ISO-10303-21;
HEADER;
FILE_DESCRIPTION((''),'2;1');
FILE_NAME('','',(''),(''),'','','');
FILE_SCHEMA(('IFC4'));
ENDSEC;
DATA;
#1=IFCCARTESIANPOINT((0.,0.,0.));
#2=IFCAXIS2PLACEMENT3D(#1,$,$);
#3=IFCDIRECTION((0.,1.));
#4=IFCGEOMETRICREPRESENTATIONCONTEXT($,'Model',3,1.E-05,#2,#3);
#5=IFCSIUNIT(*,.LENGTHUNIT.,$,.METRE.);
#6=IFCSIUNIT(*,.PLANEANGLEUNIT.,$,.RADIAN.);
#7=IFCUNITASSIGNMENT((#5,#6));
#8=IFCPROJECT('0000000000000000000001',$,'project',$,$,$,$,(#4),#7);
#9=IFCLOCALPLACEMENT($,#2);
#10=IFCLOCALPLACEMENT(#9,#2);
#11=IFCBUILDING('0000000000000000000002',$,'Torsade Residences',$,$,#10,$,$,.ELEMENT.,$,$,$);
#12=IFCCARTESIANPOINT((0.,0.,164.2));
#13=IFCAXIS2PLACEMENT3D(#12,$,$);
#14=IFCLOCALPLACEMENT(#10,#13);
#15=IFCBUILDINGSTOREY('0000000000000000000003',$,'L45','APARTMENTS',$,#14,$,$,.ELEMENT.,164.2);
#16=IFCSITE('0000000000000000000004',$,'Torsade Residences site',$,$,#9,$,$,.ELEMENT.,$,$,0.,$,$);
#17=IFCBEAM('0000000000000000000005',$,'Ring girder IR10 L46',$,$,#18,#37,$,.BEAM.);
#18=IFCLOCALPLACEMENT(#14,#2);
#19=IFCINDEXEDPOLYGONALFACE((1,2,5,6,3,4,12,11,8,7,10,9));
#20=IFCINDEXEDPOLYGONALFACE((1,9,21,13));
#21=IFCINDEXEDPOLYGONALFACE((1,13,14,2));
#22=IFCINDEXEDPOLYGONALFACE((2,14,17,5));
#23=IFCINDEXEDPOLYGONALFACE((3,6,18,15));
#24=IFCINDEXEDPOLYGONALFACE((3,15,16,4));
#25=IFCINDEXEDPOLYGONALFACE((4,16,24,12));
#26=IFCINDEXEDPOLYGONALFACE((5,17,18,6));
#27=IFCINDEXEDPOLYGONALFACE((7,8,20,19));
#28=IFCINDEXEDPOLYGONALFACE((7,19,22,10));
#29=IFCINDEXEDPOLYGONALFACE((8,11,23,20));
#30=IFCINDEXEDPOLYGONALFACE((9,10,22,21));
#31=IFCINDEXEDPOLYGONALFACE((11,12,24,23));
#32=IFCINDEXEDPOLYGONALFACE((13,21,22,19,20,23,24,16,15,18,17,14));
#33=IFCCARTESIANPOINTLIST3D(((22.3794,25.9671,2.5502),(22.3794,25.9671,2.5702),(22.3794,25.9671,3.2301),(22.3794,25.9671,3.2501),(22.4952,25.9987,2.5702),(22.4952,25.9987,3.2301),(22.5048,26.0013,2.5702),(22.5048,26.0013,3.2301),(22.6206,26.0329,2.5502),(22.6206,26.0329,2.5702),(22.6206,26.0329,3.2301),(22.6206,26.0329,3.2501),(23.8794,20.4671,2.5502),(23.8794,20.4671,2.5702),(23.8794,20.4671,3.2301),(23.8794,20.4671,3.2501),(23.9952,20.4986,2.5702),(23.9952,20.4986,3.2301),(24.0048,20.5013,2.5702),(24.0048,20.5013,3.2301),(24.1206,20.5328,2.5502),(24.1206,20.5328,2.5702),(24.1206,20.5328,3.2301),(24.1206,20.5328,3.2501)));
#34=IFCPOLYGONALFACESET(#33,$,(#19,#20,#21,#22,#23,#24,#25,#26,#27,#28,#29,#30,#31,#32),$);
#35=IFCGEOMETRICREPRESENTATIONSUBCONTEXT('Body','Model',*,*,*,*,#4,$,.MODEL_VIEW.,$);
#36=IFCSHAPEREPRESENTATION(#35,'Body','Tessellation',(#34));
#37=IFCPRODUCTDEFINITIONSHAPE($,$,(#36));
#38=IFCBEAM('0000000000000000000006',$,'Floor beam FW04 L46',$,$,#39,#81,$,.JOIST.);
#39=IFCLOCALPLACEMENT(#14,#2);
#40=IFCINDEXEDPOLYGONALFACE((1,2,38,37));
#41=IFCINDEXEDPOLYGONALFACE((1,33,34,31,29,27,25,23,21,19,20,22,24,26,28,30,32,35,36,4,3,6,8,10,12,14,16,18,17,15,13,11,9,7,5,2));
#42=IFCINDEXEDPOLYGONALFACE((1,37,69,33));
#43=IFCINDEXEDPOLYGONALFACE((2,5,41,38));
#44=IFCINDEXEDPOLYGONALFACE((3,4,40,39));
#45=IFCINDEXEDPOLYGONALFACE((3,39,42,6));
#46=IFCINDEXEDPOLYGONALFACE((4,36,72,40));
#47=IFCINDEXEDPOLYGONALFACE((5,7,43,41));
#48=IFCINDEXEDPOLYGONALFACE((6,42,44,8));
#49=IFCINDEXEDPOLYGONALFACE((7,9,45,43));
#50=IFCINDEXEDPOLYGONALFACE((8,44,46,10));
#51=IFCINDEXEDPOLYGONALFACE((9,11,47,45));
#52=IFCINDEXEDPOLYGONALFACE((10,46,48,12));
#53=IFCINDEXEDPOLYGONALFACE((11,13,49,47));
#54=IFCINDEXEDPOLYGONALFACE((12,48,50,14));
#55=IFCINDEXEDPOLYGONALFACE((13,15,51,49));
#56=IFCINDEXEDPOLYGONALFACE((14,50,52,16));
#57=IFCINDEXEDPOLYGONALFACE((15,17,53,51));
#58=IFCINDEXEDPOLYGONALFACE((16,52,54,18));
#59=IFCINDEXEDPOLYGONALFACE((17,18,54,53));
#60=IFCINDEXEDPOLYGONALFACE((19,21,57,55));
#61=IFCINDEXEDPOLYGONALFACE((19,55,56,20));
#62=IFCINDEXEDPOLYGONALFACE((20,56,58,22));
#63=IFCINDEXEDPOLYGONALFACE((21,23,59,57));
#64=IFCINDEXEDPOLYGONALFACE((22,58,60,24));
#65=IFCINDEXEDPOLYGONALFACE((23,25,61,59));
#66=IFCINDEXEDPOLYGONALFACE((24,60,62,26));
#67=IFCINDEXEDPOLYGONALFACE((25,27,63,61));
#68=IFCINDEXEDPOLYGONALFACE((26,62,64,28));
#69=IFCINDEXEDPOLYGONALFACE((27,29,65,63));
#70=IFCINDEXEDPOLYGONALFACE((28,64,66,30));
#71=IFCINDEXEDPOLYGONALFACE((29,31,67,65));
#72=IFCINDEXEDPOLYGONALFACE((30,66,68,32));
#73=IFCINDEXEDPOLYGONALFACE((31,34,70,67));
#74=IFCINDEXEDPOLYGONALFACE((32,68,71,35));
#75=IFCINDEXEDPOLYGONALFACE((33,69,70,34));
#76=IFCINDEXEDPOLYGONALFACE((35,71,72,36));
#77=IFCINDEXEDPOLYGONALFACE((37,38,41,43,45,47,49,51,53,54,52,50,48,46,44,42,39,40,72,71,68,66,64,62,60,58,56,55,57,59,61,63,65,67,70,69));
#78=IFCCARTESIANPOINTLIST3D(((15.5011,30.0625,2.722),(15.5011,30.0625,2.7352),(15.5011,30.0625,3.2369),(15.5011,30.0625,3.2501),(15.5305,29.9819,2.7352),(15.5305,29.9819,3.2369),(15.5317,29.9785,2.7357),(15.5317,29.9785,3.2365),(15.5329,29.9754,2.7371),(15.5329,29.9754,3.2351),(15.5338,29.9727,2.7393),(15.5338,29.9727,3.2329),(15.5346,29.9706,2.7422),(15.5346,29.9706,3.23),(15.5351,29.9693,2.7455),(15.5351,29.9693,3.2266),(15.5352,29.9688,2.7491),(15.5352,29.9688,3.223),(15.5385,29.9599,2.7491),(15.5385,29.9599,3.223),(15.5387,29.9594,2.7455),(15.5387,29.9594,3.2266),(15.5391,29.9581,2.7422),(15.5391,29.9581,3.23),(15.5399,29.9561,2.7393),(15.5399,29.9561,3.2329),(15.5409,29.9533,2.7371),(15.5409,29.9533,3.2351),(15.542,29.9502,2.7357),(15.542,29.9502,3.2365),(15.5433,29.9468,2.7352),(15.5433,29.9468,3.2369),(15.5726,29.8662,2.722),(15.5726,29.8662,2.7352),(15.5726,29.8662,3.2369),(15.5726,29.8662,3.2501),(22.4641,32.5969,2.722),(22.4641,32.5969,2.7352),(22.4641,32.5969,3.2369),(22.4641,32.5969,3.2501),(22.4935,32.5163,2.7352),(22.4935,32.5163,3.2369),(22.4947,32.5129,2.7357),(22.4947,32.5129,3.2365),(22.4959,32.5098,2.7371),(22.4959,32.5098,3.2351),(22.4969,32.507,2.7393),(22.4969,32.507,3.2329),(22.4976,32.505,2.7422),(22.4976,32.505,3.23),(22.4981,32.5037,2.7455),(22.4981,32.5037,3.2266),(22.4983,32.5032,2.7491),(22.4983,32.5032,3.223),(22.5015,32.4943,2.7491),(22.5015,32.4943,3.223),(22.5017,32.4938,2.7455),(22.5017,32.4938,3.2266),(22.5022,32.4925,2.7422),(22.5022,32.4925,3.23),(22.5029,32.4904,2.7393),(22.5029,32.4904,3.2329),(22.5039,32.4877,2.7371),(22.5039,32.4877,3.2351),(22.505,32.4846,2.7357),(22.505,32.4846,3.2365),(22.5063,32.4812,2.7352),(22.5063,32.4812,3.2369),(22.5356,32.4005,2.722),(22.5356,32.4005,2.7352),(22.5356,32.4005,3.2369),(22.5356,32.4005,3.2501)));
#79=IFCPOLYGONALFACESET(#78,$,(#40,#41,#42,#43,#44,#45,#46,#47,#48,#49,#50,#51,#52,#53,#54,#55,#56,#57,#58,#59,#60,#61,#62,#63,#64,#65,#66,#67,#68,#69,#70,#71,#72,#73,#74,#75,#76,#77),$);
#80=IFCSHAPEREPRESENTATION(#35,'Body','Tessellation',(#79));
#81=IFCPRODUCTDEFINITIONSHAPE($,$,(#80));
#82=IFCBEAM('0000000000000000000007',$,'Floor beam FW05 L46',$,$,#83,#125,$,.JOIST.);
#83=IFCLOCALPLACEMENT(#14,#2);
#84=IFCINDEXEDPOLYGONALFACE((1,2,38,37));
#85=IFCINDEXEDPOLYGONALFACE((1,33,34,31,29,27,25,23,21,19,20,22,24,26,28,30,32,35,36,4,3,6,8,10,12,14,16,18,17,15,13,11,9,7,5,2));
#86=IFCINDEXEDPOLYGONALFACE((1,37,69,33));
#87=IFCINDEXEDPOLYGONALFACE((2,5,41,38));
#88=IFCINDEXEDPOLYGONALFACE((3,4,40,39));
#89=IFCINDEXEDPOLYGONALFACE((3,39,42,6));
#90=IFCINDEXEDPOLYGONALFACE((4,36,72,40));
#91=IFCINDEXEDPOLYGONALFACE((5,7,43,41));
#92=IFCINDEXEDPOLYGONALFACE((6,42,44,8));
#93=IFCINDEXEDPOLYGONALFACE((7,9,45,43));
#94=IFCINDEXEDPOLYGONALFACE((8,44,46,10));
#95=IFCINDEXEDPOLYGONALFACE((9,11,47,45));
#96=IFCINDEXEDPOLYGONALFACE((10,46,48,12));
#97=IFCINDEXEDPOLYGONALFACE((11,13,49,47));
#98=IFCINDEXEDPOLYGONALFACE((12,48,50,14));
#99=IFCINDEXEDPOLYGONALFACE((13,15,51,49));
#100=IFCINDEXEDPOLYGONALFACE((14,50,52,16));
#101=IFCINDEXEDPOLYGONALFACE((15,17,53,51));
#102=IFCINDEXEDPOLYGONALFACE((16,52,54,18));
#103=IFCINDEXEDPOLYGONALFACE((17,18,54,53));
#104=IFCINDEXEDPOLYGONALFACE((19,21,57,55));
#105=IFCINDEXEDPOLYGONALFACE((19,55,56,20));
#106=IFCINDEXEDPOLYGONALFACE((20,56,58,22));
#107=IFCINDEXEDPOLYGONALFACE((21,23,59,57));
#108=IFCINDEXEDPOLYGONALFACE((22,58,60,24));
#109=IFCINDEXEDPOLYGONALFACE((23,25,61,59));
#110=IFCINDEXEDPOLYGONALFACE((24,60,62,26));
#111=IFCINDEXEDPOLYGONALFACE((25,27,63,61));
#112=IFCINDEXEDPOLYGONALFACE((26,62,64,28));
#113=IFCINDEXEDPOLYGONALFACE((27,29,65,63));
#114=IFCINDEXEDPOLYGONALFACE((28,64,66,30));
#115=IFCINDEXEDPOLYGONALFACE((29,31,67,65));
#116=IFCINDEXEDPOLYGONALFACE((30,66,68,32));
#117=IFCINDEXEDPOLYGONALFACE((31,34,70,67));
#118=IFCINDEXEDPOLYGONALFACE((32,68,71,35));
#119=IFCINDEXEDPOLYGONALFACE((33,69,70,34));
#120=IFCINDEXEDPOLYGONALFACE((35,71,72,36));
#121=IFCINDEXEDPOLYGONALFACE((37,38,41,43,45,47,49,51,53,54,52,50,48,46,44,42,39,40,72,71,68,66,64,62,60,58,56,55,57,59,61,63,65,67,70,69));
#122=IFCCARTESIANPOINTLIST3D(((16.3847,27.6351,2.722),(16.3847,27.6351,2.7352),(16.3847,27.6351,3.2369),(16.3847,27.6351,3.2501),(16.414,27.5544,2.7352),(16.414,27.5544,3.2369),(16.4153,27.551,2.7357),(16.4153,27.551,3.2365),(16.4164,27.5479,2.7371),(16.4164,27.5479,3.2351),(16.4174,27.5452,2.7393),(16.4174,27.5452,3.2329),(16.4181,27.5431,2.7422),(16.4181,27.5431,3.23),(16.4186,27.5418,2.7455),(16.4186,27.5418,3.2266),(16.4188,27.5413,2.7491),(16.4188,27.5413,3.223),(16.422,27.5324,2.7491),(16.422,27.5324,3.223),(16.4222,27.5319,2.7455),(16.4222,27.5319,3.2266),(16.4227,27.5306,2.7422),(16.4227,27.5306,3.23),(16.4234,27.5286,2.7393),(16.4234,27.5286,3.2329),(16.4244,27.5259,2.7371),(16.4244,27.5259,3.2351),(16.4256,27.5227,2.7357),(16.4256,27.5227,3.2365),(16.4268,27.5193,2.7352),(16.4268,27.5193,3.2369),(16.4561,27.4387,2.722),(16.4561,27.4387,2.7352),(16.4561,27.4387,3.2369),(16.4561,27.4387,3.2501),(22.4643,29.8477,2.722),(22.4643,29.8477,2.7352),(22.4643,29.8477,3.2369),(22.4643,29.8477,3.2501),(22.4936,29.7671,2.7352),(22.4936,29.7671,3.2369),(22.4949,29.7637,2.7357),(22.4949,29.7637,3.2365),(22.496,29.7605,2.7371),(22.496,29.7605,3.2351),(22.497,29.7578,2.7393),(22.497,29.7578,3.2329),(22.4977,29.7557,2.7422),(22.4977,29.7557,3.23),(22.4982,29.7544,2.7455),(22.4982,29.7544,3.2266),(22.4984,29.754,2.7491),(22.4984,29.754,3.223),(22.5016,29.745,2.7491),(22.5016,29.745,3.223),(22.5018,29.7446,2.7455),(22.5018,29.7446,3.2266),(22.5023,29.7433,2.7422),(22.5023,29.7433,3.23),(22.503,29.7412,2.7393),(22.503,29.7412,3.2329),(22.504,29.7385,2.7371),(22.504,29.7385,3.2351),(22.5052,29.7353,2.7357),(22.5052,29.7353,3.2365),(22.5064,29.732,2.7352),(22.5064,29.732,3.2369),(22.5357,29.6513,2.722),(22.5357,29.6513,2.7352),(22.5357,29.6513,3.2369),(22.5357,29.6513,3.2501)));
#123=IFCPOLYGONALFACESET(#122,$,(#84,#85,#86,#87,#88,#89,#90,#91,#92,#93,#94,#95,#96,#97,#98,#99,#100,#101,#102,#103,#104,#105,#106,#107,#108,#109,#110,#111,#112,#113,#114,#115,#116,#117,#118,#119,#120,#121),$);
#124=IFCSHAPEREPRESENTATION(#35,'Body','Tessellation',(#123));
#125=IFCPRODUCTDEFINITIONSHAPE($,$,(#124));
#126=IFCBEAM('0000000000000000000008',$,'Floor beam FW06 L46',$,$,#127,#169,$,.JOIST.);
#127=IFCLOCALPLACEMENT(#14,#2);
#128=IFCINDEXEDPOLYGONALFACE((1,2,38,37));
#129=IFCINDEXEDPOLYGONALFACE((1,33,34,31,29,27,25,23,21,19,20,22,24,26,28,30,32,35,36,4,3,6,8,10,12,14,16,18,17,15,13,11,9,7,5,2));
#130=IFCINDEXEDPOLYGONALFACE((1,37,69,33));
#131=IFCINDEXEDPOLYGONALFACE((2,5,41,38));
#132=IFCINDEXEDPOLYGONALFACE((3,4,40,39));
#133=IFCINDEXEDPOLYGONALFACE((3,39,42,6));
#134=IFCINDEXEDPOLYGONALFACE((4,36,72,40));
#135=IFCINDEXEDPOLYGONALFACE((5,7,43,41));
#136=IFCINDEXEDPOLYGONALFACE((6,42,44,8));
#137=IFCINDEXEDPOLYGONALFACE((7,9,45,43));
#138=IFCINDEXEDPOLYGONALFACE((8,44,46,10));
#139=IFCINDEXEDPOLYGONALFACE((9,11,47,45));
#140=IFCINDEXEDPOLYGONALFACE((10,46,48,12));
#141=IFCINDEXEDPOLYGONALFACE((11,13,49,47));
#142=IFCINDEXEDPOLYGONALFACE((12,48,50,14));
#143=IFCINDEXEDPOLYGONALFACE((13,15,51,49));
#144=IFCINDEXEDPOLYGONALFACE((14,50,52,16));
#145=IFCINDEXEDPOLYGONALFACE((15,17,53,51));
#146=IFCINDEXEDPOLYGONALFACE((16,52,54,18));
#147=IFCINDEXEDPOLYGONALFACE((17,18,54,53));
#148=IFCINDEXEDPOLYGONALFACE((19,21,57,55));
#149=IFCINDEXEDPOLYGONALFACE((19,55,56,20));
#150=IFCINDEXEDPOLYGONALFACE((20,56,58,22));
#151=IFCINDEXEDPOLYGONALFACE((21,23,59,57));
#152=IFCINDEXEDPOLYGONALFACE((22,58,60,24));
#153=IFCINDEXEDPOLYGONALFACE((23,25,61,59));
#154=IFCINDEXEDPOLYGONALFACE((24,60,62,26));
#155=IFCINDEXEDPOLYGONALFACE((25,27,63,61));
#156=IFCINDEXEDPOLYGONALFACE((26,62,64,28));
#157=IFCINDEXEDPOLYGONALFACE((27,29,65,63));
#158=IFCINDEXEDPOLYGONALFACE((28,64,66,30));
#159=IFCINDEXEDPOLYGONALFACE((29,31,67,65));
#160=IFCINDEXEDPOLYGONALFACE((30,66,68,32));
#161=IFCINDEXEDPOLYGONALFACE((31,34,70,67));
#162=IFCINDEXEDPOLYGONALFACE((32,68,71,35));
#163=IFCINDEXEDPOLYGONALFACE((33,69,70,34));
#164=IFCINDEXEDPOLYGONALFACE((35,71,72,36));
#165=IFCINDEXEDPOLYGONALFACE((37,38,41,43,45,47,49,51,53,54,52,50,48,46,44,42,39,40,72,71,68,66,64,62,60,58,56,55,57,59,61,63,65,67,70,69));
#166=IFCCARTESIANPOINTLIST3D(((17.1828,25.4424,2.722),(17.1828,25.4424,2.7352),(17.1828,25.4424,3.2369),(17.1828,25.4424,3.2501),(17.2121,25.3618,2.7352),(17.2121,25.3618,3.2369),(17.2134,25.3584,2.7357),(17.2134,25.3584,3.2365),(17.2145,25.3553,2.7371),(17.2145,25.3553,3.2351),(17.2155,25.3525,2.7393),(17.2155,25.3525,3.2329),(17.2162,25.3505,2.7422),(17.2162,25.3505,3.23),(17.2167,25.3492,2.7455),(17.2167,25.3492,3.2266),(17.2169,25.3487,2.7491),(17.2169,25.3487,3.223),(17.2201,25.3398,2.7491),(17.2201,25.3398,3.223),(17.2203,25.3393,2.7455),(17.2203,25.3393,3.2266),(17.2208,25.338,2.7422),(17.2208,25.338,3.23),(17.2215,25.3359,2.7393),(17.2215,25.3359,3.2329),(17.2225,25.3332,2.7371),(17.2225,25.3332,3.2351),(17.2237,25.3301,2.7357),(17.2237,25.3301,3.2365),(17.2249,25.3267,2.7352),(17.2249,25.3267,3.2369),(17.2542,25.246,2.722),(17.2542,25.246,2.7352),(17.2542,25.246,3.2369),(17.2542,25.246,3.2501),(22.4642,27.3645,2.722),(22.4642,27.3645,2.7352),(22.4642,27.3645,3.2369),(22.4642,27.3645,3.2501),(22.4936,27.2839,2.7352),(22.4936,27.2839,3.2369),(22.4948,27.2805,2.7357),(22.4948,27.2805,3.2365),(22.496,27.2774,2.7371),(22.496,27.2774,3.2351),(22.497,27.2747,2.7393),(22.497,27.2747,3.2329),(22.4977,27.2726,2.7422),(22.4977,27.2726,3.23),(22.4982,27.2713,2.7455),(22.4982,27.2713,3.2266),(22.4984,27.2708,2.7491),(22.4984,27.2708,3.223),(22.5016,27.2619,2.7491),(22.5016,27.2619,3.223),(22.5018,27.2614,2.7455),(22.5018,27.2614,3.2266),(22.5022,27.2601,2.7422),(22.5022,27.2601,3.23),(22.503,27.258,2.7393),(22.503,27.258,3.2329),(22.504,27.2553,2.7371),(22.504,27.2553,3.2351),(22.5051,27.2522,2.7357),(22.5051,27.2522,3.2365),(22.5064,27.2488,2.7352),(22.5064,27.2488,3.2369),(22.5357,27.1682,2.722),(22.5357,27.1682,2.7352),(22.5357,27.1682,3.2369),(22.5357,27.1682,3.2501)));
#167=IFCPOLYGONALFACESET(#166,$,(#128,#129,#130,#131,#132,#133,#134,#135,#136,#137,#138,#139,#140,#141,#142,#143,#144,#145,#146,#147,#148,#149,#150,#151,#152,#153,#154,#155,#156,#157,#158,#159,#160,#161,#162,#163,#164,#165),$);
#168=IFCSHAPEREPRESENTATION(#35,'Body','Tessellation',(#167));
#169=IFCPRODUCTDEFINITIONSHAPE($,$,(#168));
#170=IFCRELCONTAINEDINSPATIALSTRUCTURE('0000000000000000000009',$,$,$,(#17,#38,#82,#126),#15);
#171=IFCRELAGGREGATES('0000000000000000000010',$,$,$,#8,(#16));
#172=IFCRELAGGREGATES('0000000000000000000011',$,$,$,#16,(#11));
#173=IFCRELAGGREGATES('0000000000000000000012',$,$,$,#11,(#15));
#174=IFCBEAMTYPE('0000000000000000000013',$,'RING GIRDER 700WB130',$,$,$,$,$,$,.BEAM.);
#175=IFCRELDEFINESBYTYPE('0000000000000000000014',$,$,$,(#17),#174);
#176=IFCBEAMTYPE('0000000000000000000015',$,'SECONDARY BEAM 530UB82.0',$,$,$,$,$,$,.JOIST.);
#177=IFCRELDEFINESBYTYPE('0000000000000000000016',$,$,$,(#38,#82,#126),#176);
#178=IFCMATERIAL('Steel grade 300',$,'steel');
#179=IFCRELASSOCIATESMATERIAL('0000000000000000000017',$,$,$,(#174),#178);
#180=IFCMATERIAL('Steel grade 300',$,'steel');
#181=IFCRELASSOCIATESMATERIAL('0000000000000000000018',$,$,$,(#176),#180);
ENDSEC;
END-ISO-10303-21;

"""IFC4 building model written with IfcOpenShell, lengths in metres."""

from ifc_helpers import new_model, si_unit, direction, frame, origin, origin_2d, place, context, subcontext, project, spatial, i_section, extrude, material, material_profile, profile_set, type_object, element, save


model = new_model("IFC4")

# Units and contexts
model_context = context("Model", 3, precision=1e-05, world=origin(), true_north=direction((0.0, 1.0)))
body_context = subcontext(model_context, "Body", "Model", "MODEL_VIEW")
ifc_project = project(units=[si_unit("LENGTHUNIT", "METRE"), si_unit("PLANEANGLEUNIT", "RADIAN")], contexts=[model_context])

# Site, building, storey
site_placement = place(None, origin())
site = spatial("IfcSite", under=ifc_project, at=site_placement, Name="Torsade Residences site", CompositionType="ELEMENT", RefElevation=0.0)
building_placement = place(site_placement, origin())
building = spatial("IfcBuilding", under=site, at=building_placement, Name="Torsade Residences", CompositionType="ELEMENT")
storey_placement = place(building_placement, frame((0.0, 0.0, 164.2)))
storey = spatial("IfcBuildingStorey", under=building, at=storey_placement, Name="L45", Description="APARTMENTS", CompositionType="ELEMENT", Elevation=164.2)

# Beams
ifc_material_1 = material(Name="Steel grade 300", Category="steel")
ifc_material_profile_1 = material_profile(ifc_material_1, i_section(OverallWidth=0.25, OverallDepth=0.7, WebThickness=0.01, FlangeThickness=0.02, at=origin_2d()), Name="700WB130")
ifc_profile_set_1 = profile_set([ifc_material_profile_1], Name="Steel grade 300")
beam_type_1 = type_object("IfcBeamType", Name="RING GIRDER 700WB130", PredefinedType="BEAM", material=ifc_profile_set_1)
beam_1_placement = place(storey_placement, frame((22.5, 26.0, 2.9001), z_axis=(0.263117, -0.964764, 0.0), x_axis=(0.964764, 0.263117, 0.0)))
element("IfcBeam", 1, at=beam_1_placement, inside=storey, type_object=beam_type_1, Name="Ring girder IR10 L46", PredefinedType="BEAM", context=body_context, shape_type="SweptSolid", body=[
    extrude(i_section(OverallWidth=0.25, OverallDepth=0.7, WebThickness=0.01, FlangeThickness=0.02, at=origin_2d()), origin(), (0.0, 0.0, 1.0), 5.7009),
])
ifc_material_2 = material(Name="Steel grade 300", Category="steel")
ifc_material_profile_2 = material_profile(ifc_material_2, i_section(OverallWidth=0.209, OverallDepth=0.5281, WebThickness=0.0095, FlangeThickness=0.0132, FilletRadius=0.0139, at=origin_2d()), Name="530UB82.0")
ifc_profile_set_2 = profile_set([ifc_material_profile_2], Name="Steel grade 300")
beam_type_2 = type_object("IfcBeamType", Name="SECONDARY BEAM 530UB82.0", PredefinedType="JOIST", material=ifc_profile_set_2)
beam_2_placement = place(storey_placement, frame((15.5369, 29.9644, 2.9861), z_axis=(0.93969, 0.342026, 0.0), x_axis=(-0.342026, 0.93969, 0.0)))
element("IfcBeam", 2, at=beam_2_placement, inside=storey, type_object=beam_type_2, Name="Floor beam FW04 L46", PredefinedType="JOIST", context=body_context, shape_type="SweptSolid", body=[
    extrude(i_section(OverallWidth=0.209, OverallDepth=0.5281, WebThickness=0.0095, FlangeThickness=0.0132, FilletRadius=0.0139, at=origin_2d()), origin(), (0.0, 0.0, 1.0), 7.4099),
])
beam_3_placement = place(storey_placement, frame((16.4204, 27.5369, 2.9861), z_axis=(0.9397, 0.342001, 0.0), x_axis=(-0.342001, 0.9397, 0.0)))
element("IfcBeam", 3, at=beam_3_placement, inside=storey, type_object=beam_type_2, Name="Floor beam FW05 L46", PredefinedType="JOIST", context=body_context, shape_type="SweptSolid", body=[
    extrude(i_section(OverallWidth=0.209, OverallDepth=0.5281, WebThickness=0.0095, FlangeThickness=0.0132, FilletRadius=0.0139, at=origin_2d()), origin(), (0.0, 0.0, 1.0), 6.4697),
])
beam_4_placement = place(storey_placement, frame((17.2185, 25.3442, 2.9861), z_axis=(0.939703, 0.341991, 0.0), x_axis=(-0.341991, 0.939703, 0.0)))
element("IfcBeam", 4, at=beam_4_placement, inside=storey, type_object=beam_type_2, Name="Floor beam FW06 L46", PredefinedType="JOIST", context=body_context, shape_type="SweptSolid", body=[
    extrude(i_section(OverallWidth=0.209, OverallDepth=0.5281, WebThickness=0.0095, FlangeThickness=0.0132, FilletRadius=0.0139, at=origin_2d()), origin(), (0.0, 0.0, 1.0), 5.6204),
])

save(model, "model.ifc")
